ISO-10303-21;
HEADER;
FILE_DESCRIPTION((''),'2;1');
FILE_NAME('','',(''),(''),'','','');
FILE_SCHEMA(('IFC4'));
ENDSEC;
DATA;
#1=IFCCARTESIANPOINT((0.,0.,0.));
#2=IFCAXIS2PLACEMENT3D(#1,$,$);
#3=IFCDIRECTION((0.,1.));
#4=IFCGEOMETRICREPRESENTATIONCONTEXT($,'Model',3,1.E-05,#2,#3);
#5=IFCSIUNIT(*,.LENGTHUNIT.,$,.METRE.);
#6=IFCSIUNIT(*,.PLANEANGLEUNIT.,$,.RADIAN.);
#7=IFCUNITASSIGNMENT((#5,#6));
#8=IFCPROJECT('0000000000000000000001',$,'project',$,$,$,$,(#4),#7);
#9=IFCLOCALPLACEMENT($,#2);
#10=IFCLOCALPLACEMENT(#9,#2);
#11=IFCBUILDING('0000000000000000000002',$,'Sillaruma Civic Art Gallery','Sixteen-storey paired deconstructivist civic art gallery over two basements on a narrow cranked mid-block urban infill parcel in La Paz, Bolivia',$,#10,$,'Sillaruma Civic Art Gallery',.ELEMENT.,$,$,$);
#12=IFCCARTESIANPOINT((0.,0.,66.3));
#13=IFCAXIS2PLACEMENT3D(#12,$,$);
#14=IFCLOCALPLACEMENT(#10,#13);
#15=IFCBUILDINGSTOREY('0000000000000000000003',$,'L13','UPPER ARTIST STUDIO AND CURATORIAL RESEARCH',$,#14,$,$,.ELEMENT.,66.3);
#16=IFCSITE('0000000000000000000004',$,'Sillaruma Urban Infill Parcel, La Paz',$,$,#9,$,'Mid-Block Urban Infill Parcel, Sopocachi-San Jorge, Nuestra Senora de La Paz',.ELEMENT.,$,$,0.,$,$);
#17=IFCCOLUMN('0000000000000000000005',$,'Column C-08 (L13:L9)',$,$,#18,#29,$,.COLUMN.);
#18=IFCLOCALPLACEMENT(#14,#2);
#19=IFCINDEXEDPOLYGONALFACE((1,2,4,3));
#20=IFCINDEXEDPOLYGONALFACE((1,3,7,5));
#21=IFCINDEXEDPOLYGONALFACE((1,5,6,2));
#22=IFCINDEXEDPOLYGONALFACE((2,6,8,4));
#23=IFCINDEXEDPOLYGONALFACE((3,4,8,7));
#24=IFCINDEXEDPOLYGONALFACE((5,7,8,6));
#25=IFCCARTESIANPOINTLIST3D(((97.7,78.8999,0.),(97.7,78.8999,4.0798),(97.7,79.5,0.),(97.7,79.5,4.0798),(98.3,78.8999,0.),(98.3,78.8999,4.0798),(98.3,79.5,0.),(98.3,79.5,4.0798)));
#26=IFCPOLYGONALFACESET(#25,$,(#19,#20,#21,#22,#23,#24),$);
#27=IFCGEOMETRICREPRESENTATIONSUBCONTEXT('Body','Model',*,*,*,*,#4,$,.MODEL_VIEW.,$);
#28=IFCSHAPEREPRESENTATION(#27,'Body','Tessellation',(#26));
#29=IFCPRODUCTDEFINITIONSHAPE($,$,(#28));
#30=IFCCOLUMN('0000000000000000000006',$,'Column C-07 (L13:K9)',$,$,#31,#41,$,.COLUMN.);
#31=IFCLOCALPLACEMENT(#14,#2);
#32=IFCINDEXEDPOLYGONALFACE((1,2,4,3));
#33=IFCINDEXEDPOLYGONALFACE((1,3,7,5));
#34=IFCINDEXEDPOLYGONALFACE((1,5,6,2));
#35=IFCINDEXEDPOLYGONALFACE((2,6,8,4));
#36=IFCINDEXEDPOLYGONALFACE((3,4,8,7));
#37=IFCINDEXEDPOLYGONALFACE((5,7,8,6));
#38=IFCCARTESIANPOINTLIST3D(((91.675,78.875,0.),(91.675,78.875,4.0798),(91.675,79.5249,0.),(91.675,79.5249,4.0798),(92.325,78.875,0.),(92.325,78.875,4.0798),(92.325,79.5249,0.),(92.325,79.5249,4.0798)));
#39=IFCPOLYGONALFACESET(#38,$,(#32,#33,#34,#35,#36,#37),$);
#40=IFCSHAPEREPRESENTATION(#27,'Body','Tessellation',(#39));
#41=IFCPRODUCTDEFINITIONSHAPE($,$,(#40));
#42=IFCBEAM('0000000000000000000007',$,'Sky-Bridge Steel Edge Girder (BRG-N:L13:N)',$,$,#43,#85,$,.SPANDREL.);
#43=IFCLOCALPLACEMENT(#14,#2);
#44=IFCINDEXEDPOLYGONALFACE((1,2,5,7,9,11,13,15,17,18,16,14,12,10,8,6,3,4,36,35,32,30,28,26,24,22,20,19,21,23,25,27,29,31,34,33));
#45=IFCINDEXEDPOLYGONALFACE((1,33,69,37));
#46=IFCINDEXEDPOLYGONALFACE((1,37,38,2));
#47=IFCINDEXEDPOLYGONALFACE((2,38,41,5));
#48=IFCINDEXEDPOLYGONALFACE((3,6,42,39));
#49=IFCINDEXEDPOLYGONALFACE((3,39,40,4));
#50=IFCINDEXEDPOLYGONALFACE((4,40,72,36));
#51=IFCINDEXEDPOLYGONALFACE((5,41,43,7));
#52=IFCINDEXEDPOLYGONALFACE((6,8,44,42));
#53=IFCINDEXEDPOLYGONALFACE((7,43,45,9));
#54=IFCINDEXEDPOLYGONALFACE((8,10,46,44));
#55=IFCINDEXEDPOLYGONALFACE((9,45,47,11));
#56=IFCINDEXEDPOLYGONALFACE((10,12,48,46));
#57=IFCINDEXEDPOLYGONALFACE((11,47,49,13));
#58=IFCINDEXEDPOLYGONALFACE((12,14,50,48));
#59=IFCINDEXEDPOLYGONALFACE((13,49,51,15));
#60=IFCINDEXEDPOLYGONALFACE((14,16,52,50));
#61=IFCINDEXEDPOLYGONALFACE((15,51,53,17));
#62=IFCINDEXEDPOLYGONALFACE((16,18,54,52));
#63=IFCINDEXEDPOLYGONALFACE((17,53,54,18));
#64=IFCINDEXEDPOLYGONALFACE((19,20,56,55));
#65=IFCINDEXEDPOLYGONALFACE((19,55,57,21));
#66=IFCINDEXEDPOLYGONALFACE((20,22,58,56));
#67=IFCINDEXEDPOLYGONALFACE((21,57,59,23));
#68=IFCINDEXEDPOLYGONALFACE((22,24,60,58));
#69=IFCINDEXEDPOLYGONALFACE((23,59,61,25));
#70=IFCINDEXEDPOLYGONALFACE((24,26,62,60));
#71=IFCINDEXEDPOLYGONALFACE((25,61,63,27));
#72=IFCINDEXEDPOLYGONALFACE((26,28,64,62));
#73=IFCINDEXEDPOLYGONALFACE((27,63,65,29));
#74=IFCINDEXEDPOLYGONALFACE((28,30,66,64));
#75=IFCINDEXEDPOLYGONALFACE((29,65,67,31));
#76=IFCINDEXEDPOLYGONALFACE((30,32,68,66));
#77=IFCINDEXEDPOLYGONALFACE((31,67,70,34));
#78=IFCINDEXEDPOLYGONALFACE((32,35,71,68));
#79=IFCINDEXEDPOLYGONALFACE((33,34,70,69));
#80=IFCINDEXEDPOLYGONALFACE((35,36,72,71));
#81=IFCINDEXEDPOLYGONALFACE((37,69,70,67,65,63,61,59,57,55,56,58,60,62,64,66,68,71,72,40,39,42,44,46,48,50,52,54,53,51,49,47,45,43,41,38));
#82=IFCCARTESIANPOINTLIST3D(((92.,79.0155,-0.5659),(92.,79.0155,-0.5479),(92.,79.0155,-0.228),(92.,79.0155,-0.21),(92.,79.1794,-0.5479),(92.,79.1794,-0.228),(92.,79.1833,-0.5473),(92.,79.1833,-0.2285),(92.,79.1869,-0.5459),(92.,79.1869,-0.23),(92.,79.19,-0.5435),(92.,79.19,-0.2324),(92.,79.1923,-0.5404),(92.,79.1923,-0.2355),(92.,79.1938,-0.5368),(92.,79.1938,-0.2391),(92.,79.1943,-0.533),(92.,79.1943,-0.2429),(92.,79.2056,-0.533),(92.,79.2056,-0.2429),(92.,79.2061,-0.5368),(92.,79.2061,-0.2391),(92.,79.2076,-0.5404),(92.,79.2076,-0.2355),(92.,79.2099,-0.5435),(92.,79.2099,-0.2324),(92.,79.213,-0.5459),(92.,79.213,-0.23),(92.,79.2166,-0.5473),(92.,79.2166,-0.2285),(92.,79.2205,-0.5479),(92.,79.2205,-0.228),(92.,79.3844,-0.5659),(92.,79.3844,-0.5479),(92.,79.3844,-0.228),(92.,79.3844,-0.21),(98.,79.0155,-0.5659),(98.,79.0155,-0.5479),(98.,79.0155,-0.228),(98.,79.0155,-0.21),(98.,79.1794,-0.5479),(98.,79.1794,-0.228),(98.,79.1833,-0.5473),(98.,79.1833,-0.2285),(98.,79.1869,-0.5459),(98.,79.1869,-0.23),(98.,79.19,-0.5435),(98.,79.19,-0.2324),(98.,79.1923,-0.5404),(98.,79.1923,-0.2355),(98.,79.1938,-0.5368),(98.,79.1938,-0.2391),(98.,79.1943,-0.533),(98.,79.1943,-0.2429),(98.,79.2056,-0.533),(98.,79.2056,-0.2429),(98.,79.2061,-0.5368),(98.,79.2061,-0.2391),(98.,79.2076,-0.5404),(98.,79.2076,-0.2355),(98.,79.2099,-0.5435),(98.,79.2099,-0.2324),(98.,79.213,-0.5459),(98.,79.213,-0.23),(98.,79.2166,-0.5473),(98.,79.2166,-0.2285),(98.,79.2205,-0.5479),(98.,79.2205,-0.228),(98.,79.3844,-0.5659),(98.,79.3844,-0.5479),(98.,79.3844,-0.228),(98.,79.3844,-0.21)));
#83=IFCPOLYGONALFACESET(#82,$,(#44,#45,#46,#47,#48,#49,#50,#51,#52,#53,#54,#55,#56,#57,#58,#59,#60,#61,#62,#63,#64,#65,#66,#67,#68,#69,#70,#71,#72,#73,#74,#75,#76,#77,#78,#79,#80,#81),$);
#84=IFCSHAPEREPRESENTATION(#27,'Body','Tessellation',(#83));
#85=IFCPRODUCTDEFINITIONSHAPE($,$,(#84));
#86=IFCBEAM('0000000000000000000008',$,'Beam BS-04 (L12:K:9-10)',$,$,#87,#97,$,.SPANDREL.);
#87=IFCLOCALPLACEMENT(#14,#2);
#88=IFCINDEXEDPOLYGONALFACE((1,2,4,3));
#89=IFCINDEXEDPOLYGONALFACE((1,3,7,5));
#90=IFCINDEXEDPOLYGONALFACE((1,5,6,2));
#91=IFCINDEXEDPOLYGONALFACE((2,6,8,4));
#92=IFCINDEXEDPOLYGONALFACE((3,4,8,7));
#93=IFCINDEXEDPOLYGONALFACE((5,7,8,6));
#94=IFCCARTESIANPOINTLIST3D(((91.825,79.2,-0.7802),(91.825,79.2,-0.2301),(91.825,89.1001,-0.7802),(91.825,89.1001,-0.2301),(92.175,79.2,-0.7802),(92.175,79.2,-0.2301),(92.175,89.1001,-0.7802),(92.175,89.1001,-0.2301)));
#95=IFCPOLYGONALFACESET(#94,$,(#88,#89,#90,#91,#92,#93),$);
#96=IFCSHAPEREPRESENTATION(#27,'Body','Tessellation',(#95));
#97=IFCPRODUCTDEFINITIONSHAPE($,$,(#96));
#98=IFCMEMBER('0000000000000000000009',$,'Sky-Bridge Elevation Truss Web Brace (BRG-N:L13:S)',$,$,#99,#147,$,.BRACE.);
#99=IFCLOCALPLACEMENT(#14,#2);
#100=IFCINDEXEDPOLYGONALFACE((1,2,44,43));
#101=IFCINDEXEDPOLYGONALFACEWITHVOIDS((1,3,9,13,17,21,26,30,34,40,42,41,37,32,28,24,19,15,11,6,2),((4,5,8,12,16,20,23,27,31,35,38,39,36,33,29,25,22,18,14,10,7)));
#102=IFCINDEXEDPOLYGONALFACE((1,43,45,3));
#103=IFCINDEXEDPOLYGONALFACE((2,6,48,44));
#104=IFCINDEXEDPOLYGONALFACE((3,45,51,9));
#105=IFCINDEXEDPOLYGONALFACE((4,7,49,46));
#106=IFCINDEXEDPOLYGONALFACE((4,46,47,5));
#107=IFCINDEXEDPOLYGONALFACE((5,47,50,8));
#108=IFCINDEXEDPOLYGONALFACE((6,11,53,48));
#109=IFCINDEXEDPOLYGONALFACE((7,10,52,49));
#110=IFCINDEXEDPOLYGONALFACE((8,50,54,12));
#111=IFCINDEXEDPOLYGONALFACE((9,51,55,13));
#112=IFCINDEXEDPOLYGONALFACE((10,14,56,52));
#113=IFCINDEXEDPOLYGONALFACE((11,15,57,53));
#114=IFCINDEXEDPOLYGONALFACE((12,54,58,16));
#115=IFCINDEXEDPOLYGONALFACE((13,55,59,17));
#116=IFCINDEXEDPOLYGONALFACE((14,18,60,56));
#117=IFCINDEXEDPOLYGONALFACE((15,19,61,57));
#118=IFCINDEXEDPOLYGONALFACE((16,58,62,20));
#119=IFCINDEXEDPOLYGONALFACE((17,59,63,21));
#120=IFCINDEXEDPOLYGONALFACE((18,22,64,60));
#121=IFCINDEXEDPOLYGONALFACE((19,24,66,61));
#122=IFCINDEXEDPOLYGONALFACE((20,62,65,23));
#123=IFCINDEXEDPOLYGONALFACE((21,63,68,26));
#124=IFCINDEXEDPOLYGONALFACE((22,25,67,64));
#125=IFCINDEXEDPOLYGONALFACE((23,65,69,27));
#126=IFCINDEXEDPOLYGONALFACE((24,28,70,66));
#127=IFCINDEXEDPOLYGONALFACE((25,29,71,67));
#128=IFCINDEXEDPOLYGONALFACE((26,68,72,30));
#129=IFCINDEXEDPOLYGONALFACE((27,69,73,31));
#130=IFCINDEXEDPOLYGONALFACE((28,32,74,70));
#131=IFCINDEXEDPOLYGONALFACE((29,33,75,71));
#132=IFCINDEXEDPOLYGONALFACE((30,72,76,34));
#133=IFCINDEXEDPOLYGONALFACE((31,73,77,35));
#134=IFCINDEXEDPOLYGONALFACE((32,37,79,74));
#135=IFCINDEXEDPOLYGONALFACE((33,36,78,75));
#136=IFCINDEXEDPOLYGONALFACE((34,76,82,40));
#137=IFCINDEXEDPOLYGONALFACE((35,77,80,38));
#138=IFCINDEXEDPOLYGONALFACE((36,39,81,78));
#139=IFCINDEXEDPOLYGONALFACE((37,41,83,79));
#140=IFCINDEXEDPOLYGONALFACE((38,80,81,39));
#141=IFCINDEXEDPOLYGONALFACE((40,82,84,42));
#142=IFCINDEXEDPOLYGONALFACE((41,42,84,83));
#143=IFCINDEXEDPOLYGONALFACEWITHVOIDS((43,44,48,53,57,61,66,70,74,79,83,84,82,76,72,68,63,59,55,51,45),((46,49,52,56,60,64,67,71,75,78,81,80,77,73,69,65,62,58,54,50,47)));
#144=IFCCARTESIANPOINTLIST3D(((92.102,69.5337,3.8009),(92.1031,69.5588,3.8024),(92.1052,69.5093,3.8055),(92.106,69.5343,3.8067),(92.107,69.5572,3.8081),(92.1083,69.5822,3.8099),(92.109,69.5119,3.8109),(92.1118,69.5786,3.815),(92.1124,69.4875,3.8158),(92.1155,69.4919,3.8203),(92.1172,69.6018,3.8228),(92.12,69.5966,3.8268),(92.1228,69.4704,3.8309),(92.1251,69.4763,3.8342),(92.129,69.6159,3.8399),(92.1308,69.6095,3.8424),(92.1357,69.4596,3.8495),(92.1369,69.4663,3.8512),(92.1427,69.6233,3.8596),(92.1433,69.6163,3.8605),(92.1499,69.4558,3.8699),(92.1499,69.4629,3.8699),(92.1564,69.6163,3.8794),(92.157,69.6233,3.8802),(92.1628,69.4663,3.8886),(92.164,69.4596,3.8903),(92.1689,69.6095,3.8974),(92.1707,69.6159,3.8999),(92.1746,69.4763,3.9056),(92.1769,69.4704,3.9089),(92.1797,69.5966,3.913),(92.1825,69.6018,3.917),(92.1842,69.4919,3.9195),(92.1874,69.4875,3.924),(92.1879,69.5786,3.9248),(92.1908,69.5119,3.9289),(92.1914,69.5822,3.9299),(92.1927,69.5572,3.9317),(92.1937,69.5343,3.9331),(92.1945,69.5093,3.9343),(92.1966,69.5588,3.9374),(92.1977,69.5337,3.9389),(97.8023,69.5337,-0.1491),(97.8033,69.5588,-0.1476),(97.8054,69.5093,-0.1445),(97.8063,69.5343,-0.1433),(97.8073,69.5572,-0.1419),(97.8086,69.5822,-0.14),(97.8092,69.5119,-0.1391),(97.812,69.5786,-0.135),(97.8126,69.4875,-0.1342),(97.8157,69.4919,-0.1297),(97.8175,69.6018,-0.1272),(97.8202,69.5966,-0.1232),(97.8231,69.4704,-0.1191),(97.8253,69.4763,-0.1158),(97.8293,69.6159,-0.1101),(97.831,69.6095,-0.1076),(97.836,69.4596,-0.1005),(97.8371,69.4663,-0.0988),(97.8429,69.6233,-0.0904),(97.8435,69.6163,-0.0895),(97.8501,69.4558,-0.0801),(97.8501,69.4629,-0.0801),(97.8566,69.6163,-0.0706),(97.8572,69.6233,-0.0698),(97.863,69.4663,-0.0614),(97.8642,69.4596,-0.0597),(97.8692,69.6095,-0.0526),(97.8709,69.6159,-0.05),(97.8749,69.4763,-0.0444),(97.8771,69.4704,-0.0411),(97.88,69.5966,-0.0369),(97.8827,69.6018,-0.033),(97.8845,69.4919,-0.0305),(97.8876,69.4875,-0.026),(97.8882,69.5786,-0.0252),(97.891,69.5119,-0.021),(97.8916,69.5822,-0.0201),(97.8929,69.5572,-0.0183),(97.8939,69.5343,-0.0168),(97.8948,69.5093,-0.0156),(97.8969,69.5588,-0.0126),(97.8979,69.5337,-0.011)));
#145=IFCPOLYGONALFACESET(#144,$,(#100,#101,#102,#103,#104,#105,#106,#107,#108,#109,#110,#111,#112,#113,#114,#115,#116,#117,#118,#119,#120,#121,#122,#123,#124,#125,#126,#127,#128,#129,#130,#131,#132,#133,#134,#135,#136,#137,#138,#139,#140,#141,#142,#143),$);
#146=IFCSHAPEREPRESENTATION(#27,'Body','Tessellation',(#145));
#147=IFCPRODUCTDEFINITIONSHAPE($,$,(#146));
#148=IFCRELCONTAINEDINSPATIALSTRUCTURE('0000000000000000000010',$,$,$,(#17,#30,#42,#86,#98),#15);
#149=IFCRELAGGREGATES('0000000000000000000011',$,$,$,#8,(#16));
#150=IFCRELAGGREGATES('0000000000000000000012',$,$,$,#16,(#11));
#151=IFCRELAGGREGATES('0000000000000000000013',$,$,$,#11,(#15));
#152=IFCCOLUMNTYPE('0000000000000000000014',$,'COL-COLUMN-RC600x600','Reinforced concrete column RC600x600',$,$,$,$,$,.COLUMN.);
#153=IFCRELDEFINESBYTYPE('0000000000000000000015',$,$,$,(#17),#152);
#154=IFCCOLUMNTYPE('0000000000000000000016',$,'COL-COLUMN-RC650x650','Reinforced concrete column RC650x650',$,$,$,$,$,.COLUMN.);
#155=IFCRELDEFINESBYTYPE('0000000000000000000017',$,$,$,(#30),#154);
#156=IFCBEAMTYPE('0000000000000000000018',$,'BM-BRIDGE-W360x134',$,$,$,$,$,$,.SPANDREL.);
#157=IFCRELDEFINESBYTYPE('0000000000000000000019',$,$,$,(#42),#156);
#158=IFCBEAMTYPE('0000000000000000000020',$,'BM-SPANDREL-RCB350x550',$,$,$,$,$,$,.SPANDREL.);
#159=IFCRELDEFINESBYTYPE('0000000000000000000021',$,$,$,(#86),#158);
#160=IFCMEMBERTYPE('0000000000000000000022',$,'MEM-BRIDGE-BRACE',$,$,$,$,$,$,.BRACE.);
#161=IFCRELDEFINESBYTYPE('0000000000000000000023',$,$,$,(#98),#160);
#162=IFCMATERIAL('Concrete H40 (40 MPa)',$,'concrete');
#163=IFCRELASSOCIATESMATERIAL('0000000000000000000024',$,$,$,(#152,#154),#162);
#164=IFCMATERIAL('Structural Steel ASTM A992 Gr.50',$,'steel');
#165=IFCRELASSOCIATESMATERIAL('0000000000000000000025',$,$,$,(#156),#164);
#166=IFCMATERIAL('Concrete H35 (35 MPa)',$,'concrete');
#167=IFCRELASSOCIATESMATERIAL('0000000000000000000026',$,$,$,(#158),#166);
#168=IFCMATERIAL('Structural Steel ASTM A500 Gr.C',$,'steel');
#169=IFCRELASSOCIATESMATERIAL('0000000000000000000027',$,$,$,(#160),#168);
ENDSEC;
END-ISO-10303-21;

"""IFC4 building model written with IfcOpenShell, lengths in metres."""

from ifc_helpers import new_model, si_unit, direction, frame, origin, origin_2d, place, context, subcontext, project, spatial, rectangle, hollow_circle, i_section, extrude, material, material_profile, profile_set, type_object, element, save


model = new_model("IFC4")

# Units and contexts
model_context = context("Model", 3, precision=1e-05, world=origin(), true_north=direction((0.0, 1.0)))
body_context = subcontext(model_context, "Body", "Model", "MODEL_VIEW")
ifc_project = project(units=[si_unit("LENGTHUNIT", "METRE"), si_unit("PLANEANGLEUNIT", "RADIAN")], contexts=[model_context])

# Site, building, storey
site_placement = place(None, origin())
site = spatial("IfcSite", under=ifc_project, at=site_placement, Name="Sillaruma Urban Infill Parcel, La Paz", LongName="Mid-Block Urban Infill Parcel, Sopocachi-San Jorge, Nuestra Senora de La Paz", CompositionType="ELEMENT", RefElevation=0.0)
building_placement = place(site_placement, origin())
building = spatial("IfcBuilding", under=site, at=building_placement, Name="Sillaruma Civic Art Gallery", Description="Sixteen-storey paired deconstructivist civic art gallery over two basements on a narrow cranked mid-block urban infill parcel in La Paz, Bolivia", LongName="Sillaruma Civic Art Gallery", CompositionType="ELEMENT")
storey_placement = place(building_placement, frame((0.0, 0.0, 66.3)))
storey = spatial("IfcBuildingStorey", under=building, at=storey_placement, Name="L13", Description="UPPER ARTIST STUDIO AND CURATORIAL RESEARCH", CompositionType="ELEMENT", Elevation=66.3)

# Columns
ifc_material_1 = material(Name="Concrete H40 (40 MPa)", Category="concrete")
ifc_material_profile_1 = material_profile(ifc_material_1, rectangle(XDim=0.6001, YDim=0.6001, at=origin_2d()), Name="RC600x600")
ifc_profile_set_1 = profile_set([ifc_material_profile_1], Name="Concrete H40 (40 MPa)")
column_type_1 = type_object("IfcColumnType", Name="COL-COLUMN-RC600x600", Description="Reinforced concrete column RC600x600", PredefinedType="COLUMN", material=ifc_profile_set_1)
column_1_placement = place(storey_placement, frame((98.0, 79.2, 0.0), z_axis=(0.0, 0.0, 1.0), x_axis=(1.0, 0.0, 0.0)))
element("IfcColumn", 1, at=column_1_placement, inside=storey, type_object=column_type_1, Name="Column C-08 (L13:L9)", PredefinedType="COLUMN", context=body_context, shape_type="SweptSolid", body=[
    extrude(rectangle(XDim=0.6001, YDim=0.6001, at=origin_2d()), origin(), (0.0, 0.0, 1.0), 4.0798),
])
ifc_material_profile_2 = material_profile(ifc_material_1, rectangle(XDim=0.6499, YDim=0.6499, at=origin_2d()), Name="RC650x650")
ifc_profile_set_2 = profile_set([ifc_material_profile_2], Name="Concrete H40 (40 MPa)")
column_type_2 = type_object("IfcColumnType", Name="COL-COLUMN-RC650x650", Description="Reinforced concrete column RC650x650", PredefinedType="COLUMN", material=ifc_profile_set_2)
column_2_placement = place(storey_placement, frame((92.0, 79.2, 0.0), z_axis=(0.0, 0.0, 1.0), x_axis=(1.0, 0.0, 0.0)))
element("IfcColumn", 2, at=column_2_placement, inside=storey, type_object=column_type_2, Name="Column C-07 (L13:K9)", PredefinedType="COLUMN", context=body_context, shape_type="SweptSolid", body=[
    extrude(rectangle(XDim=0.6499, YDim=0.6499, at=origin_2d()), origin(), (0.0, 0.0, 1.0), 4.0798),
])

# Beams
ifc_material_2 = material(Name="Structural Steel ASTM A992 Gr.50", Category="steel")
ifc_material_profile_3 = material_profile(ifc_material_2, i_section(OverallWidth=0.3689, OverallDepth=0.356, WebThickness=0.0112, FlangeThickness=0.0181, FilletRadius=0.0149, at=origin_2d()), Name="W360x134")
ifc_profile_set_3 = profile_set([ifc_material_profile_3], Name="Structural Steel ASTM A992 Gr.50")
beam_type_1 = type_object("IfcBeamType", Name="BM-BRIDGE-W360x134", PredefinedType="SPANDREL", material=ifc_profile_set_3)
beam_1_placement = place(storey_placement, frame((92.0, 79.2, -0.3879), z_axis=(1.0, 0.0, 0.0), x_axis=(0.0, 1.0, 0.0)))
element("IfcBeam", 3, at=beam_1_placement, inside=storey, type_object=beam_type_1, Name="Sky-Bridge Steel Edge Girder (BRG-N:L13:N)", PredefinedType="SPANDREL", context=body_context, shape_type="SweptSolid", body=[
    extrude(i_section(OverallWidth=0.3689, OverallDepth=0.356, WebThickness=0.0112, FlangeThickness=0.0181, FilletRadius=0.0149, at=origin_2d()), origin(), (0.0, 0.0, 1.0), 6.0),
])
ifc_material_3 = material(Name="Concrete H35 (35 MPa)", Category="concrete")
ifc_material_profile_4 = material_profile(ifc_material_3, rectangle(XDim=0.3501, YDim=0.55, at=origin_2d()), Name="RCB350x550")
ifc_profile_set_4 = profile_set([ifc_material_profile_4], Name="Concrete H35 (35 MPa)")
beam_type_2 = type_object("IfcBeamType", Name="BM-SPANDREL-RCB350x550", PredefinedType="SPANDREL", material=ifc_profile_set_4)
beam_2_placement = place(storey_placement, frame((92.0, 79.2, -0.5051), z_axis=(0.0, 1.0, 0.0), x_axis=(-1.0, 0.0, 0.0)))
element("IfcBeam", 4, at=beam_2_placement, inside=storey, type_object=beam_type_2, Name="Beam BS-04 (L12:K:9-10)", PredefinedType="SPANDREL", context=body_context, shape_type="SweptSolid", body=[
    extrude(rectangle(XDim=0.3501, YDim=0.55, at=origin_2d()), origin(), (0.0, 0.0, 1.0), 9.9001),
])

# Member
ifc_material_4 = material(Name="Structural Steel ASTM A500 Gr.C", Category="steel")
ifc_material_profile_5 = material_profile(ifc_material_4, hollow_circle(Radius=0.0842, WallThickness=0.0071, at=origin_2d()), Name="CHS168.3x7.1")
ifc_profile_set_5 = profile_set([ifc_material_profile_5], Name="Structural Steel ASTM A500 Gr.C")
member_type_1 = type_object("IfcMemberType", Name="MEM-BRIDGE-BRACE", PredefinedType="BRACE", material=ifc_profile_set_5)
for number, where, z_axis, x_axis, name in (
    (5, (97.8501, 69.54, -0.0801), (-0.821945, 0.0, 0.569567), (0.0, -1.0, 0.0), "Sky-Bridge Elevation Truss Web Brace (BRG-N:L13:S)"),
):
    element("IfcMember", number, at=place(storey_placement, frame(where, z_axis=z_axis, x_axis=x_axis)), inside=storey, type_object=member_type_1, Name=name, PredefinedType="BRACE", context=body_context, shape_type="SweptSolid", body=[
        extrude(hollow_circle(Radius=0.0842, WallThickness=0.0071, at=origin_2d()), origin(), (0.0, 0.0, 1.0), 6.9351),
    ])

save(model, "model.ifc")
